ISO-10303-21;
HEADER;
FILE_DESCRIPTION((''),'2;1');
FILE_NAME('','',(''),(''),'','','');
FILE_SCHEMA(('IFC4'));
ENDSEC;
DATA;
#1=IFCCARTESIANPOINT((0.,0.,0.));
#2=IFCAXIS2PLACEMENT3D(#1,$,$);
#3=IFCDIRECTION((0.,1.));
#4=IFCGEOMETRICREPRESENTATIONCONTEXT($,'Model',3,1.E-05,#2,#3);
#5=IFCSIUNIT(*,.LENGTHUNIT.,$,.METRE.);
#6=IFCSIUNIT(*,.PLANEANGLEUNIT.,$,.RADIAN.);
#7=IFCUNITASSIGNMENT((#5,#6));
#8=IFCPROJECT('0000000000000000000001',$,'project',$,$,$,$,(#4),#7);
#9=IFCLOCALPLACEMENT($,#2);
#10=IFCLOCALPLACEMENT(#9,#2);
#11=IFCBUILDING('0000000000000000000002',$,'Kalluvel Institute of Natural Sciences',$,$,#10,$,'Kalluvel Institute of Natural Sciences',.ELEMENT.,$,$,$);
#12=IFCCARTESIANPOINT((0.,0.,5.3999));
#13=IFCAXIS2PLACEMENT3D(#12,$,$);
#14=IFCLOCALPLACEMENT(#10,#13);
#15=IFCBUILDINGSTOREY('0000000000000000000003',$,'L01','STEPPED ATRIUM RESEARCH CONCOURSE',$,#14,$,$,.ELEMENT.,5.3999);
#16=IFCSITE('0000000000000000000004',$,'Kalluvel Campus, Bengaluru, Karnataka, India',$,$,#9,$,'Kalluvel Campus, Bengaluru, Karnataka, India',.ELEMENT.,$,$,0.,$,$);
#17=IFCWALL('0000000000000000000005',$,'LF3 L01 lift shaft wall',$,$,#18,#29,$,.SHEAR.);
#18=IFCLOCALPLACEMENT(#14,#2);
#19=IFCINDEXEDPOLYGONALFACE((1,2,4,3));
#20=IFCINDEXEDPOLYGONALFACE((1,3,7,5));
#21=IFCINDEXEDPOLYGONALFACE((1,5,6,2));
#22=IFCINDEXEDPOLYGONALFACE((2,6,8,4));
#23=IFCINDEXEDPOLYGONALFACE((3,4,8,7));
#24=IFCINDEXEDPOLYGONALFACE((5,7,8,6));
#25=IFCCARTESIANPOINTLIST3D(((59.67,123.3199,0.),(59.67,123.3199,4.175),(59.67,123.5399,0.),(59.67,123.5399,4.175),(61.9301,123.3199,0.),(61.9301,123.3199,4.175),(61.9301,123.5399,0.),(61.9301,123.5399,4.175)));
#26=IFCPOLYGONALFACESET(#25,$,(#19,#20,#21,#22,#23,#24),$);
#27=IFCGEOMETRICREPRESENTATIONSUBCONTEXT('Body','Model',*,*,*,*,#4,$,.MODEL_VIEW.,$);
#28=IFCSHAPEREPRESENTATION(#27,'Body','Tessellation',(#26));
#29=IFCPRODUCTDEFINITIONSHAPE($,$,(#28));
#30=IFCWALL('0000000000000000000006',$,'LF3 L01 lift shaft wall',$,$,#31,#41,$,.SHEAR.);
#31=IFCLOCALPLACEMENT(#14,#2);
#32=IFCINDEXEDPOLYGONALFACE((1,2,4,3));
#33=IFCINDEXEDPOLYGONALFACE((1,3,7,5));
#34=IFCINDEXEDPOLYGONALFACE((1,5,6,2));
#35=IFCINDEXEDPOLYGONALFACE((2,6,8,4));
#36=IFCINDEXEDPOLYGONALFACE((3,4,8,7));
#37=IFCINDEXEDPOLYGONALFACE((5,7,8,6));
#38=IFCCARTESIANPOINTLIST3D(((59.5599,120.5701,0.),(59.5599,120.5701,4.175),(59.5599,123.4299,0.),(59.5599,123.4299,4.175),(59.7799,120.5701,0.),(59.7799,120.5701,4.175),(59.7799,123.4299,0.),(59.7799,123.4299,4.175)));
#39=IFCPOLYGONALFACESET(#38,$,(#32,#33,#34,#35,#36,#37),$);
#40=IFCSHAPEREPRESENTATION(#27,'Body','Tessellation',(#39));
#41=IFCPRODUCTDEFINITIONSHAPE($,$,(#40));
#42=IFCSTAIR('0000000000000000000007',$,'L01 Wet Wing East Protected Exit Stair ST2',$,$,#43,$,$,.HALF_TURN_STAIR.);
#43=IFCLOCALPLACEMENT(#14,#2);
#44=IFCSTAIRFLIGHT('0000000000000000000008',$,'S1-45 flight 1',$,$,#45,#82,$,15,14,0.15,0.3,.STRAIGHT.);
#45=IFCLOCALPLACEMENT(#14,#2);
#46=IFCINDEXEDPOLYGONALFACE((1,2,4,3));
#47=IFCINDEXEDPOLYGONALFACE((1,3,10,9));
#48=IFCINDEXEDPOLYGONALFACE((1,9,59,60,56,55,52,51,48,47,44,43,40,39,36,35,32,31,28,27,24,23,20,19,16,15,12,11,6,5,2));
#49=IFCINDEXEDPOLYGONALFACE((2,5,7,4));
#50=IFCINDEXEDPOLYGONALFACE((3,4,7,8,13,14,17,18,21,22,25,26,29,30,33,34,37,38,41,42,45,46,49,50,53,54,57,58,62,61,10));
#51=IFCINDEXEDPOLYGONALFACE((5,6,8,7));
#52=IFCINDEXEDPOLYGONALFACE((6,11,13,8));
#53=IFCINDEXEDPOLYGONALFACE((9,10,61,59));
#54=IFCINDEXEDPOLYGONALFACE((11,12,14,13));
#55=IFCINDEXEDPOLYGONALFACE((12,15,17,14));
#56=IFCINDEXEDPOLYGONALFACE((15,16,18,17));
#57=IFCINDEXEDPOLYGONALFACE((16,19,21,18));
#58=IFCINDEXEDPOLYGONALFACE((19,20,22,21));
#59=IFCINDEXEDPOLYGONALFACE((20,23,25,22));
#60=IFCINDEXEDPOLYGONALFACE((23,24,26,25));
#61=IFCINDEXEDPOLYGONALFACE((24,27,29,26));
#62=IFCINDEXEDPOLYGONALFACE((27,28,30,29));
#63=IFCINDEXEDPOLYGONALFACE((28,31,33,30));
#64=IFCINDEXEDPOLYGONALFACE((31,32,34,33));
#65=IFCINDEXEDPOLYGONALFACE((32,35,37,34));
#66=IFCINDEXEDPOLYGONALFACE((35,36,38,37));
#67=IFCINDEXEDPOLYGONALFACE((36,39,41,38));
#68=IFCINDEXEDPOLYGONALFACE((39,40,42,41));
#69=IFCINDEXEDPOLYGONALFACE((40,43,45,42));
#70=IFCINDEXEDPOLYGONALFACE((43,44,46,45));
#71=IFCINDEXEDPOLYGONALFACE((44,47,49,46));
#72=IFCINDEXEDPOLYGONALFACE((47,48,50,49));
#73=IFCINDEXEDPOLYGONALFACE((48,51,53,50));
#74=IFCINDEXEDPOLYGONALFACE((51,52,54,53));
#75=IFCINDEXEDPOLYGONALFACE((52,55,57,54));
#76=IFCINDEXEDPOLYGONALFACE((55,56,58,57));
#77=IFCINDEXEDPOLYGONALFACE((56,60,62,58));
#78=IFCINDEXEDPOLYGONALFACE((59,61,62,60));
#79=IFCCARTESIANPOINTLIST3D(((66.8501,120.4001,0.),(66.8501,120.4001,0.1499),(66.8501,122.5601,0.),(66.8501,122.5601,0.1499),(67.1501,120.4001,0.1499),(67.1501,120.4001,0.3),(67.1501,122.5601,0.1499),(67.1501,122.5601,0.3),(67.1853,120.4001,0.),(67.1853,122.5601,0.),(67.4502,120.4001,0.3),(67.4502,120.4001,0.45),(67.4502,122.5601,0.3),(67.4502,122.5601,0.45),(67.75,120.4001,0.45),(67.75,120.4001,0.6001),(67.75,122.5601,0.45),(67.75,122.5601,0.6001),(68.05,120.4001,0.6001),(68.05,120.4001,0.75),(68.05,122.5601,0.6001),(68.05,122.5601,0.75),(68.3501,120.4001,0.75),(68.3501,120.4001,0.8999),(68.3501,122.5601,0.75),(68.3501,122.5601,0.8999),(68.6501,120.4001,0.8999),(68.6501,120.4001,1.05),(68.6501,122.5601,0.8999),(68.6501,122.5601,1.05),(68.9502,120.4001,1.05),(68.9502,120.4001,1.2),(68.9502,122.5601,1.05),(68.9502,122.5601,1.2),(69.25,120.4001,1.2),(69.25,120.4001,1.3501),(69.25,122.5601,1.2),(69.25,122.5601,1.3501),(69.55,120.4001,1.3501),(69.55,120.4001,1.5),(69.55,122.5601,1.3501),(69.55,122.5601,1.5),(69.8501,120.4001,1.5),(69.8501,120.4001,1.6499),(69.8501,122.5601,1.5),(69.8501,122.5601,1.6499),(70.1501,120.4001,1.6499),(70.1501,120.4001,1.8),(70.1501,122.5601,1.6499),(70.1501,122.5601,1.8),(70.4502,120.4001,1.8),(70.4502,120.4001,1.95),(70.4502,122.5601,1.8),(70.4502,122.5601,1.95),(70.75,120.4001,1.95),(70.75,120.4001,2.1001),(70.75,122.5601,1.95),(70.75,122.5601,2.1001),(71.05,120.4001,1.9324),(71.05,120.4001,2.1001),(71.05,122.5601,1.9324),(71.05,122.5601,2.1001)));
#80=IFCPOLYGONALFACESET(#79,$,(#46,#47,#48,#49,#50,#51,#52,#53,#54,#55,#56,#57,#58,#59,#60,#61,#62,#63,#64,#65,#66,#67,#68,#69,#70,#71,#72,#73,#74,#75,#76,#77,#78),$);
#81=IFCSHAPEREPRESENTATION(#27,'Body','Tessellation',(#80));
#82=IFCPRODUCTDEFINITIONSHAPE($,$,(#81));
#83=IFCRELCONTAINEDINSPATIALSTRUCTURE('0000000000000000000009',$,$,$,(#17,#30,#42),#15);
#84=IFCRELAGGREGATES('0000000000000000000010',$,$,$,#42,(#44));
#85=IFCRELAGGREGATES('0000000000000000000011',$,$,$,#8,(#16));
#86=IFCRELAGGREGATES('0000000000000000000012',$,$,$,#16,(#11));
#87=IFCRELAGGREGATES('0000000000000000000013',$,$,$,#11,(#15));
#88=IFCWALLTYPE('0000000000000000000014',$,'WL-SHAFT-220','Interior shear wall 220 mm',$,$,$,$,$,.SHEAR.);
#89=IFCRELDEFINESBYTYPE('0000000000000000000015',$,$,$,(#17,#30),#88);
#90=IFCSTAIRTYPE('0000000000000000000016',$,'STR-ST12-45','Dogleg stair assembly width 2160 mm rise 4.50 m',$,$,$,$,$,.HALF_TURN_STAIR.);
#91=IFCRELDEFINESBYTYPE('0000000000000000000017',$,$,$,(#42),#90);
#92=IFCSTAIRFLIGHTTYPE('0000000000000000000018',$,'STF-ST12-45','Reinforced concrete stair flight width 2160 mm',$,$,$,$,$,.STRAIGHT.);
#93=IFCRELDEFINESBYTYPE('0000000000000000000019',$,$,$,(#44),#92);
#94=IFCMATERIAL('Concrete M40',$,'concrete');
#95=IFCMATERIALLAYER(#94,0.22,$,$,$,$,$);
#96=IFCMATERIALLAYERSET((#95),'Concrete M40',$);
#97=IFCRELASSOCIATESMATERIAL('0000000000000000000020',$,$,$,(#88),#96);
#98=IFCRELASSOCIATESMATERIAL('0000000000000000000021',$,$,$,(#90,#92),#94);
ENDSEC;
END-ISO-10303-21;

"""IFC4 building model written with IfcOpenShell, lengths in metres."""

from ifc_helpers import new_model, si_unit, direction, frame, frame_2d, origin, place, context, subcontext, project, spatial, polyline, rectangle, outline, extrude, material, layer, layer_set, type_object, element, aggregate, save


model = new_model("IFC4")

# Units and contexts
model_context = context("Model", 3, precision=1e-05, world=origin(), true_north=direction((0.0, 1.0)))
body_context = subcontext(model_context, "Body", "Model", "MODEL_VIEW")
ifc_project = project(units=[si_unit("LENGTHUNIT", "METRE"), si_unit("PLANEANGLEUNIT", "RADIAN")], contexts=[model_context])

# Site, building, storey
site_placement = place(None, origin())
site = spatial("IfcSite", under=ifc_project, at=site_placement, Name="Kalluvel Campus, Bengaluru, Karnataka, India", LongName="Kalluvel Campus, Bengaluru, Karnataka, India", CompositionType="ELEMENT", RefElevation=0.0)
building_placement = place(site_placement, origin())
building = spatial("IfcBuilding", under=site, at=building_placement, Name="Kalluvel Institute of Natural Sciences", LongName="Kalluvel Institute of Natural Sciences", CompositionType="ELEMENT")
storey_placement = place(building_placement, frame((0.0, 0.0, 5.3999)))
storey = spatial("IfcBuildingStorey", under=building, at=storey_placement, Name="L01", Description="STEPPED ATRIUM RESEARCH CONCOURSE", CompositionType="ELEMENT", Elevation=5.3999)

# Shared definitions
ifc_material_1 = material(Name="Concrete M40", Category="concrete")

# Shared definitions
ifc_layer_1 = layer(ifc_material_1, 0.22)
ifc_layer_set_1 = layer_set([ifc_layer_1], Name="Concrete M40")
wall_type_1 = type_object("IfcWallType", Name="WL-SHAFT-220", Description="Interior shear wall 220 mm", PredefinedType="SHEAR", material=ifc_layer_set_1)

# Walls
wall_1_placement = place(storey_placement, frame((61.9299, 123.4299, 0.0), z_axis=(0.0, 0.0, 1.0), x_axis=(-1.0, 0.0, 0.0)))
element("IfcWall", 1, at=wall_1_placement, inside=storey, type_object=wall_type_1, Name="LF3 L01 lift shaft wall", PredefinedType="SHEAR", context=body_context, shape_type="SweptSolid", body=[
    extrude(rectangle(XDim=2.26, YDim=0.22, at=frame_2d((1.1299, 0.0))), origin(), (0.0, 0.0, 1.0), 4.175),
])
wall_2_placement = place(storey_placement, frame((59.6699, 123.4299, 0.0), z_axis=(0.0, 0.0, 1.0), x_axis=(0.0, -1.0, 0.0)))
element("IfcWall", 2, at=wall_2_placement, inside=storey, type_object=wall_type_1, Name="LF3 L01 lift shaft wall", PredefinedType="SHEAR", context=body_context, shape_type="SweptSolid", body=[
    extrude(rectangle(XDim=2.8599, YDim=0.22, at=frame_2d((1.4299, 0.0))), origin(), (0.0, 0.0, 1.0), 4.175),
])

# Stair, stair flight
stair_type = type_object("IfcStairType", Name="STR-ST12-45", Description="Dogleg stair assembly width 2160 mm rise 4.50 m", PredefinedType="HALF_TURN_STAIR", material=ifc_material_1)
stair_placement = place(storey_placement, origin())
stair = element("IfcStair", 3, at=stair_placement, inside=storey, type_object=stair_type, Name="L01 Wet Wing East Protected Exit Stair ST2", PredefinedType="HALF_TURN_STAIR")
stair_flight_type = type_object("IfcStairFlightType", Name="STF-ST12-45", Description="Reinforced concrete stair flight width 2160 mm", PredefinedType="STRAIGHT", material=ifc_material_1)
stair_flight_placement = place(storey_placement, frame((66.8501, 121.48, 0.0), z_axis=(0.0, 0.0, 1.0), x_axis=(1.0, 0.0, 0.0)))
stair_flight = element("IfcStairFlight", 4, at=stair_flight_placement, type_object=stair_flight_type, Name="S1-45 flight 1", NumberOfRisers=15, NumberOfTreads=14, PredefinedType="STRAIGHT", RiserHeight=0.15, TreadLength=0.3, context=body_context, shape_type="SweptSolid", body=[
    extrude(outline(polyline([(0.0, 0.0), (0.0, 0.1499), (0.3, 0.1499), (0.3, 0.3), (0.6001, 0.3), (0.6001, 0.45), (0.8999, 0.45), (0.8999, 0.6001), (1.2, 0.6001), (1.2, 0.75), (1.5, 0.75), (1.5, 0.8999), (1.8, 0.8999), (1.8, 1.05), (2.1001, 1.05), (2.1001, 1.2), (2.3999, 1.2), (2.3999, 1.3501), (2.7, 1.3501), (2.7, 1.5), (3.0, 1.5), (3.0, 1.6499), (3.3, 1.6499), (3.3, 1.8), (3.6001, 1.8), (3.6001, 1.95), (3.8999, 1.95), (3.8999, 2.1001), (4.2, 2.1001), (4.2, 2.25), (4.2, 1.9324), (0.3352, 0.0), (0.0, 0.0)])), frame((0.0, 1.0801, 0.0), z_axis=(0.0, -1.0, 0.0), x_axis=(1.0, 0.0, 0.0)), (0.0, 0.0, 1.0), 2.1599),
])
aggregate(stair, [stair_flight])

save(model, "model.ifc")
